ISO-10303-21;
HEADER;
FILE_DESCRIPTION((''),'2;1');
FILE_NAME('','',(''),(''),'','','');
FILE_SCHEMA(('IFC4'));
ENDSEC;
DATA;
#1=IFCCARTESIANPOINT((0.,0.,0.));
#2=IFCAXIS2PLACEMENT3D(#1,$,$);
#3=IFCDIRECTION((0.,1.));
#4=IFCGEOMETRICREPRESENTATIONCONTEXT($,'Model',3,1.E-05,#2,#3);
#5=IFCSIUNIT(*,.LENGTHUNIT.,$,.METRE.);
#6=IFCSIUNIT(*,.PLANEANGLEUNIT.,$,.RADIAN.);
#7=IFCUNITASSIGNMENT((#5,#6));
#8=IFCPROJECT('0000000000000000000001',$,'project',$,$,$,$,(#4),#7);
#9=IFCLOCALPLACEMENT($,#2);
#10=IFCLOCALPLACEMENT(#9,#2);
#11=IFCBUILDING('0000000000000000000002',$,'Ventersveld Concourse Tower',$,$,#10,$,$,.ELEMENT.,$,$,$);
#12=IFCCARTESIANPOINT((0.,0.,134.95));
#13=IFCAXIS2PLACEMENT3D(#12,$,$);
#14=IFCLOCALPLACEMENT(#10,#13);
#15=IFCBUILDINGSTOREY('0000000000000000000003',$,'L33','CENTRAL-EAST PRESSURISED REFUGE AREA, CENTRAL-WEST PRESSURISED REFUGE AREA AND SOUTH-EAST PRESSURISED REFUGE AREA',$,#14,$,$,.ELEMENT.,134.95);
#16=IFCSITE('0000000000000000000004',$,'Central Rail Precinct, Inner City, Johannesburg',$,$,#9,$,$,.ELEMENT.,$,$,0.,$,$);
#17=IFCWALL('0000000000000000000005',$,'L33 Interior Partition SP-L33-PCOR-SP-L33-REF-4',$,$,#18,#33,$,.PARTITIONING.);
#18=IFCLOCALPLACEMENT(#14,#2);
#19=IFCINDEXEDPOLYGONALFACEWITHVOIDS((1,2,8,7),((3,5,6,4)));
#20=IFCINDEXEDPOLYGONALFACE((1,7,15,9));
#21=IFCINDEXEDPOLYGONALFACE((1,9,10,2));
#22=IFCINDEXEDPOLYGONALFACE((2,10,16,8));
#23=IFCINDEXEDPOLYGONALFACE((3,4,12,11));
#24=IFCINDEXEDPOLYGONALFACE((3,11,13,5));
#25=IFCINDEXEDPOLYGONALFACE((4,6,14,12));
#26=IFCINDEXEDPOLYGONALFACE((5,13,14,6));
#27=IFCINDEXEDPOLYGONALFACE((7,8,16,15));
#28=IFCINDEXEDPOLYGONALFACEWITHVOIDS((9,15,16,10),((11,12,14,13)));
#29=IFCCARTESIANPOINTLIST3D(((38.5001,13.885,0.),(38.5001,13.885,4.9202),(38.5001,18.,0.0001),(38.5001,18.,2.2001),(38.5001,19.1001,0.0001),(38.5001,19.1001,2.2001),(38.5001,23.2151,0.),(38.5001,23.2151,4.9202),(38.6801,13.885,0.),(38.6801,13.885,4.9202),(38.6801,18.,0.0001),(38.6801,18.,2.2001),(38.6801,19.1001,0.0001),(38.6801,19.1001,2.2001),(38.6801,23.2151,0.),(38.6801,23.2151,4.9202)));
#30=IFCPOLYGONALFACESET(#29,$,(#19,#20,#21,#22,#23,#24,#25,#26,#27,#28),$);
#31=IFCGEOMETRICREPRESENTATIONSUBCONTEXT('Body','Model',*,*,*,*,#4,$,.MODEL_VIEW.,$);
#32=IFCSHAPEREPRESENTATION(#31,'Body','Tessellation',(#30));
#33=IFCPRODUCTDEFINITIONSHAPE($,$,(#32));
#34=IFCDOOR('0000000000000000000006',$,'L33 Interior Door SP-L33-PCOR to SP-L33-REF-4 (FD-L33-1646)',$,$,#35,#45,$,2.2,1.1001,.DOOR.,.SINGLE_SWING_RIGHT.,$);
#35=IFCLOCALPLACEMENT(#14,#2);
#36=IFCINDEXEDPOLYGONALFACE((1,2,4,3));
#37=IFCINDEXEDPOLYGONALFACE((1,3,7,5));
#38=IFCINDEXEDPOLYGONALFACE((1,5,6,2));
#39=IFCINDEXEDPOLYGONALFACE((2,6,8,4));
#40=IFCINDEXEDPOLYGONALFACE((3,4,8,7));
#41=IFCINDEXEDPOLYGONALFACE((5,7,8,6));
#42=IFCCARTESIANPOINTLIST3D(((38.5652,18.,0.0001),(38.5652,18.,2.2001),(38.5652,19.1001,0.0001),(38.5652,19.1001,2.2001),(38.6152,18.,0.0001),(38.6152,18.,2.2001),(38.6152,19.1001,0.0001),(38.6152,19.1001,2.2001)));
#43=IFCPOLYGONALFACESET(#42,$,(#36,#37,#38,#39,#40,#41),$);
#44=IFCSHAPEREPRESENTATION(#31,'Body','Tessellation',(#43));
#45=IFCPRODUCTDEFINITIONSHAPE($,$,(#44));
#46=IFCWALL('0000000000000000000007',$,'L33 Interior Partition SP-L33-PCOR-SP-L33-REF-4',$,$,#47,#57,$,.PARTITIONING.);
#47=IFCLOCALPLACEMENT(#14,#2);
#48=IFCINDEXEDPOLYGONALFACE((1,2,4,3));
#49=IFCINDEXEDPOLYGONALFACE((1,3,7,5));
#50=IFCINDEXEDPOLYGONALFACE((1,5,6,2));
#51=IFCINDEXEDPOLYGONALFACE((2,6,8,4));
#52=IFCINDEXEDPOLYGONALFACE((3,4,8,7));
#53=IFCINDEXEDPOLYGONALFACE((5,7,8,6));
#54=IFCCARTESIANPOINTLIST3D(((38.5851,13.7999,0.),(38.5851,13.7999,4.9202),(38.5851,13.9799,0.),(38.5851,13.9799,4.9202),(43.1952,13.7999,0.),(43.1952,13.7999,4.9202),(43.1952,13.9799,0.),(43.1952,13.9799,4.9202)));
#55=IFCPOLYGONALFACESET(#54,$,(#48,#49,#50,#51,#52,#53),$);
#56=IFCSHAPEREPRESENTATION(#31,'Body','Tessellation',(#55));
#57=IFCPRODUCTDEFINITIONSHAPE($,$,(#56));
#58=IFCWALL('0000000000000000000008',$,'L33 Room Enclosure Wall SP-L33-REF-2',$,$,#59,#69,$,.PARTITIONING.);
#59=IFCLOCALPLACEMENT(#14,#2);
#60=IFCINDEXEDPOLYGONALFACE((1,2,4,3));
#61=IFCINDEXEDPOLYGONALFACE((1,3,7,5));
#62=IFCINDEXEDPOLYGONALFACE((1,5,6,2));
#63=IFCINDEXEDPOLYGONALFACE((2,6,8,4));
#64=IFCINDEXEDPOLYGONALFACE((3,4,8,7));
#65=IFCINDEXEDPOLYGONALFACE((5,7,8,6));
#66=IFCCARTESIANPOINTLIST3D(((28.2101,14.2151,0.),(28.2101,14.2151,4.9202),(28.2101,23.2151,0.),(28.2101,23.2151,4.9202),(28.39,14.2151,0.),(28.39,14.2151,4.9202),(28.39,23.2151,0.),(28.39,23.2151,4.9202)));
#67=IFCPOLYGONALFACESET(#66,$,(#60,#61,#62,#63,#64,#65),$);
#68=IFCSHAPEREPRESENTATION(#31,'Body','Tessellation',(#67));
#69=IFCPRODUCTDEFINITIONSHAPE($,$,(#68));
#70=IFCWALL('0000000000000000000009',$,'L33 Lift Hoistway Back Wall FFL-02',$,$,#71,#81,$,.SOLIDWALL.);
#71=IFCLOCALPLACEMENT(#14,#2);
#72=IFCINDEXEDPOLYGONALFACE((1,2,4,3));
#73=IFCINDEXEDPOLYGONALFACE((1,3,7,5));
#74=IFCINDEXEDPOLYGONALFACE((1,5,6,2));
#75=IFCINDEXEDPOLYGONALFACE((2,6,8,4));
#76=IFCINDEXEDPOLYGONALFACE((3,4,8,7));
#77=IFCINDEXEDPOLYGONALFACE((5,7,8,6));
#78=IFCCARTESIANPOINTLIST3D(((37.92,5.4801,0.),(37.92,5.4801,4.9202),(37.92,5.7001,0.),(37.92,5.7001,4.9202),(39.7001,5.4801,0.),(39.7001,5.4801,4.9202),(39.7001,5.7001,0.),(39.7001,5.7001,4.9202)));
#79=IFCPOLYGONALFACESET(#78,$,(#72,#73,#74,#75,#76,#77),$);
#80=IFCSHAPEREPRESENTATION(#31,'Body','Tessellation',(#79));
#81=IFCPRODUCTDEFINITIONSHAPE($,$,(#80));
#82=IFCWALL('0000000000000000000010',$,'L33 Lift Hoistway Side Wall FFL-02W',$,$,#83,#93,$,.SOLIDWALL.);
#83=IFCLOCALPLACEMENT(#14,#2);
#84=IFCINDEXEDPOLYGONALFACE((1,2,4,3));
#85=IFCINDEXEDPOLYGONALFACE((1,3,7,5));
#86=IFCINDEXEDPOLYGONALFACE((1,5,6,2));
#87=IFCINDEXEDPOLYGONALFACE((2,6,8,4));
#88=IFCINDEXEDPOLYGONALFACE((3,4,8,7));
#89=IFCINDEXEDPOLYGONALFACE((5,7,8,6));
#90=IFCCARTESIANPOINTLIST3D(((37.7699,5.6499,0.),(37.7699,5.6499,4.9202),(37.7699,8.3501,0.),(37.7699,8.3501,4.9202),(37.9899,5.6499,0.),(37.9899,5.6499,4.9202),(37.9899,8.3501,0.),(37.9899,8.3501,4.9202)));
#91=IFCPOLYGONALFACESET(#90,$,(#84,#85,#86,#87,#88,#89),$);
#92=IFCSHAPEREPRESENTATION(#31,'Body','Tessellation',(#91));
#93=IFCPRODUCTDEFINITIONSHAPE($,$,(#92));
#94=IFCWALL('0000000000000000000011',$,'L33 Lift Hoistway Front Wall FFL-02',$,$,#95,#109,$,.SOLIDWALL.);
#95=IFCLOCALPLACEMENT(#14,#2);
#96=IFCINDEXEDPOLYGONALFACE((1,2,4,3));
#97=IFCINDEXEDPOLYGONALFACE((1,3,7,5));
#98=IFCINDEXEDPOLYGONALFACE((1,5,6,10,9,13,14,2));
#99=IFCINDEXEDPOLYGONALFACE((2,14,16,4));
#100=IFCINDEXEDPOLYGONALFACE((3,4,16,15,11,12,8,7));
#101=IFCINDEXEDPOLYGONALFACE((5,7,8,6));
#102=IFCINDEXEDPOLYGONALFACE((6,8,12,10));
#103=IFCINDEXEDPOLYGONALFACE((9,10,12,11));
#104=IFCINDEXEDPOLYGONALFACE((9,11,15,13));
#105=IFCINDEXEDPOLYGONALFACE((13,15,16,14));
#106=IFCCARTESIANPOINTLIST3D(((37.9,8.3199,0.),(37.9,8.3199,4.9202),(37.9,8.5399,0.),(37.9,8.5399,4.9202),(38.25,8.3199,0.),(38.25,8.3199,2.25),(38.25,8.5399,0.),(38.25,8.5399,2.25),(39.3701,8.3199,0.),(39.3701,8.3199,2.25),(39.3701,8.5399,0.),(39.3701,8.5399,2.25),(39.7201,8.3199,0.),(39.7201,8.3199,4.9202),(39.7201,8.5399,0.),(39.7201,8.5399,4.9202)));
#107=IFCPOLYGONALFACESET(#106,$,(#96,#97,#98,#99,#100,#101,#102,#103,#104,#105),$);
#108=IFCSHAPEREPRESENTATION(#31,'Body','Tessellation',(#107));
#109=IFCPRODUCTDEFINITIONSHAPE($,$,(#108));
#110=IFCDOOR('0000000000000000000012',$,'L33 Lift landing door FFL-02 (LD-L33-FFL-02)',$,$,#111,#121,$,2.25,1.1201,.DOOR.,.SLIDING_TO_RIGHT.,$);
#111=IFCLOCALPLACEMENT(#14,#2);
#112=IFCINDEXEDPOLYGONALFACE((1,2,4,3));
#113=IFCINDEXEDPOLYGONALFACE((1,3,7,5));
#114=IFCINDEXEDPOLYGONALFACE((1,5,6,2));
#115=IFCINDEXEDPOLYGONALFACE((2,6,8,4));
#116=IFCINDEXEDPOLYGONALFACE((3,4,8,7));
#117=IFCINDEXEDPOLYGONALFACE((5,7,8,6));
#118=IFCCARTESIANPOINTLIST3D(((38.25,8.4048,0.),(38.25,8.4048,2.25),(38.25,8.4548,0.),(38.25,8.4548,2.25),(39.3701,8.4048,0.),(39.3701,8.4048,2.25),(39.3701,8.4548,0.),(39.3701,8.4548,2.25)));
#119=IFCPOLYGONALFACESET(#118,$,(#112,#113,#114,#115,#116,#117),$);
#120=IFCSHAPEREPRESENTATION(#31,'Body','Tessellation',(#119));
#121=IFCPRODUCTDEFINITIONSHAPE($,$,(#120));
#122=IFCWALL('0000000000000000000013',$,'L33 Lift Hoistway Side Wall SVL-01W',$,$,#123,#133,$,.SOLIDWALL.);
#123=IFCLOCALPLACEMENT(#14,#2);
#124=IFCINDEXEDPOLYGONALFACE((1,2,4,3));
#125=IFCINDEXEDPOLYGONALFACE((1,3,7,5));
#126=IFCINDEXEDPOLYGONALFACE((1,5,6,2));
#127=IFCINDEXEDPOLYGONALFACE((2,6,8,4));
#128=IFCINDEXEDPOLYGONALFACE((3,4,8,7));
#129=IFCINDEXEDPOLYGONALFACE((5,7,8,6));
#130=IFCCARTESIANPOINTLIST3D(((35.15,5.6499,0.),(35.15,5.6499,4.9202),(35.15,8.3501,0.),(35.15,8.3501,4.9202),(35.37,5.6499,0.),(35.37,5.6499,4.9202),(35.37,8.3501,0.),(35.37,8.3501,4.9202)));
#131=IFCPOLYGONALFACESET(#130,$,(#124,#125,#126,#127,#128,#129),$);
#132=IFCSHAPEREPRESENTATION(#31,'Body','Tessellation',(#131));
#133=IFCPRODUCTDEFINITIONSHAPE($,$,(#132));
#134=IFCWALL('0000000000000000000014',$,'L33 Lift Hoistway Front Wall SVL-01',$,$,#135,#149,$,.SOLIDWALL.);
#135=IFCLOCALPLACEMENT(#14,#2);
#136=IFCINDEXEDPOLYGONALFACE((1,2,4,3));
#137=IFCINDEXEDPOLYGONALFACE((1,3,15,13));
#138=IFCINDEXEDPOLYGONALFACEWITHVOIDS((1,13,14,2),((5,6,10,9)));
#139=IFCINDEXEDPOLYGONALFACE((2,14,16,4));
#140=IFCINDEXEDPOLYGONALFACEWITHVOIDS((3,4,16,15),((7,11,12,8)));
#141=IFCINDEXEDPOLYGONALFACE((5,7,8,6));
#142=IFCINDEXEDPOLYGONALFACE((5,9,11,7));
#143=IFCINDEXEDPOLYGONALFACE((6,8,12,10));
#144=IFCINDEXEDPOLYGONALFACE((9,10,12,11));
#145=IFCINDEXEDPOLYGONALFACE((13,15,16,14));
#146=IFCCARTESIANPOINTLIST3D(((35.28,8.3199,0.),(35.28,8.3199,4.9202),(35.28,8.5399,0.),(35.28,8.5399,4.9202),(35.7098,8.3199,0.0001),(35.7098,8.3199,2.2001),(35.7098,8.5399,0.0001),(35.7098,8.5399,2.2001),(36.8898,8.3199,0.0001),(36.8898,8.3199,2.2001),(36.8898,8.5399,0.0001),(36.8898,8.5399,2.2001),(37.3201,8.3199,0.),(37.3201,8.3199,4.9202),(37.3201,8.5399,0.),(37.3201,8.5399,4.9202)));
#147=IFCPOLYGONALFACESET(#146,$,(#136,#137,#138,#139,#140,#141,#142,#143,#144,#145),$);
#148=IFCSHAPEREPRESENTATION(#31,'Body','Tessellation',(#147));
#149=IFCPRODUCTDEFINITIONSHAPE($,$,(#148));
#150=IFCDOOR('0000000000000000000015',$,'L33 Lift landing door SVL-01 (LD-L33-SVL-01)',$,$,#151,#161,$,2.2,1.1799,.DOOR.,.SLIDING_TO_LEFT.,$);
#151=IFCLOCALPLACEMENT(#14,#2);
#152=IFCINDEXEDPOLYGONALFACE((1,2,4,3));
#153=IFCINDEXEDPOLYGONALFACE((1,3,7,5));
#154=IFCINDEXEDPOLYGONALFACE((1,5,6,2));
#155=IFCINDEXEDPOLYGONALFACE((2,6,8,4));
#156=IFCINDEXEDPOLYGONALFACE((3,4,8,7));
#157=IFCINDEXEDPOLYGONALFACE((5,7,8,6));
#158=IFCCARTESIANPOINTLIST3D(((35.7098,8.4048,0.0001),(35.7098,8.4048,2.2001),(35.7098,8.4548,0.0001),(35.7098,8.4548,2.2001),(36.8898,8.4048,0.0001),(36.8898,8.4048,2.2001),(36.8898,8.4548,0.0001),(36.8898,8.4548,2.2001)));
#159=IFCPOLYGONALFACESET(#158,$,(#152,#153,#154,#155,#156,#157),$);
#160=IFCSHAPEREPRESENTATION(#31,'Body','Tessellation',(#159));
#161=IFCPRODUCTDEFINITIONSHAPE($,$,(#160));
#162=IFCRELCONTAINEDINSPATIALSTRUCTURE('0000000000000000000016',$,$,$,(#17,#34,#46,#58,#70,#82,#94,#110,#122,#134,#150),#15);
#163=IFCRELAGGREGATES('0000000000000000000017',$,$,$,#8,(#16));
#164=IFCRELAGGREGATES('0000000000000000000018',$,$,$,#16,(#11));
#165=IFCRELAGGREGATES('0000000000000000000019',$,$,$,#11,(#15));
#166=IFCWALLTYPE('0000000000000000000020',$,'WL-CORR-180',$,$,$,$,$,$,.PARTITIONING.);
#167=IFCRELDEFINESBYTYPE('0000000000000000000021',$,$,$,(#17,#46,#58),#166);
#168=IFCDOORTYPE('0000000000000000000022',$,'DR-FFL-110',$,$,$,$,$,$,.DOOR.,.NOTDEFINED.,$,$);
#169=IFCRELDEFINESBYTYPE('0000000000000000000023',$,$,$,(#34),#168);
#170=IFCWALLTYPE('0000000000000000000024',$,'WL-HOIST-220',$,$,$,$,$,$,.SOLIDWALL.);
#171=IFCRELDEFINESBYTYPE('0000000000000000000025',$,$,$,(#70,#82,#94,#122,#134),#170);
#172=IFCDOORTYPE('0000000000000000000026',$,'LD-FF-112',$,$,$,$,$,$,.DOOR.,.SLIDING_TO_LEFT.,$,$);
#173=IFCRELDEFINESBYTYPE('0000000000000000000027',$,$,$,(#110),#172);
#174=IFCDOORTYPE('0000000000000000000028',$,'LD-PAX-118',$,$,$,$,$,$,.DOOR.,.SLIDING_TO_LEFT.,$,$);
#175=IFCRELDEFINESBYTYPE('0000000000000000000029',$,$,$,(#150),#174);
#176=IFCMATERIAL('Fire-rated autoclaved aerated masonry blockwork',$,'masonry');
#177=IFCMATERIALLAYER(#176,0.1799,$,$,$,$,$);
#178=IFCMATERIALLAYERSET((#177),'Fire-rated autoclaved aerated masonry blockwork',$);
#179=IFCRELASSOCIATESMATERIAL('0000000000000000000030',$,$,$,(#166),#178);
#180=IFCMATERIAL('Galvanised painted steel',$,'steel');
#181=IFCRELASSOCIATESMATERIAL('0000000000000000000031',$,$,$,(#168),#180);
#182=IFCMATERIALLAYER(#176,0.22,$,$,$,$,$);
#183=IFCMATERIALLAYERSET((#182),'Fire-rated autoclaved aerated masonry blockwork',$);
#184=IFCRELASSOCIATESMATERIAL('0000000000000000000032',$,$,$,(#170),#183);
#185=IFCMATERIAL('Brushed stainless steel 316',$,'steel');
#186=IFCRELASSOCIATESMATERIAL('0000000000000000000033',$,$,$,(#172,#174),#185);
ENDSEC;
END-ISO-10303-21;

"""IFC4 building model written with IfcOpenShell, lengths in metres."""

from ifc_helpers import new_model, si_unit, direction, frame, frame_2d, origin, place, context, subcontext, project, spatial, rectangle, extrude, material, layer, layer_set, type_object, element, fill, save


model = new_model("IFC4")

# Units and contexts
model_context = context("Model", 3, precision=1e-05, world=origin(), true_north=direction((0.0, 1.0)))
body_context = subcontext(model_context, "Body", "Model", "MODEL_VIEW")
ifc_project = project(units=[si_unit("LENGTHUNIT", "METRE"), si_unit("PLANEANGLEUNIT", "RADIAN")], contexts=[model_context])

# Site, building, storey
site_placement = place(None, origin())
site = spatial("IfcSite", under=ifc_project, at=site_placement, Name="Central Rail Precinct, Inner City, Johannesburg", CompositionType="ELEMENT", RefElevation=0.0)
building_placement = place(site_placement, origin())
building = spatial("IfcBuilding", under=site, at=building_placement, Name="Ventersveld Concourse Tower", CompositionType="ELEMENT")
storey_placement = place(building_placement, frame((0.0, 0.0, 134.95)))
storey = spatial("IfcBuildingStorey", under=building, at=storey_placement, Name="L33", Description="CENTRAL-EAST PRESSURISED REFUGE AREA, CENTRAL-WEST PRESSURISED REFUGE AREA AND SOUTH-EAST PRESSURISED REFUGE AREA", CompositionType="ELEMENT", Elevation=134.95)

# Shared definitions
ifc_material_1 = material(Name="Fire-rated autoclaved aerated masonry blockwork", Category="masonry")
ifc_layer_1 = layer(ifc_material_1, 0.1799)
ifc_layer_set_1 = layer_set([ifc_layer_1], Name="Fire-rated autoclaved aerated masonry blockwork")
wall_type_1 = type_object("IfcWallType", Name="WL-CORR-180", PredefinedType="PARTITIONING", material=ifc_layer_set_1)
ifc_material_2 = material(Name="Galvanised painted steel", Category="steel")
door_type_1 = type_object("IfcDoorType", Name="DR-FFL-110", OperationType="NOTDEFINED", PredefinedType="DOOR", material=ifc_material_2)

# Wall, opening, door
wall_1_placement = place(storey_placement, frame((38.5901, 13.885, 0.0), z_axis=(0.0, 0.0, 1.0), x_axis=(0.0, 1.0, 0.0)))
wall_1 = element("IfcWall", 1, at=wall_1_placement, inside=storey, type_object=wall_type_1, Name="L33 Interior Partition SP-L33-PCOR-SP-L33-REF-4", PredefinedType="PARTITIONING", context=body_context, shape_type="SweptSolid", body=[
    extrude(rectangle(XDim=9.3301, YDim=0.1799, at=frame_2d((4.665, 0.0))), origin(), (0.0, 0.0, 1.0), 4.9202),
])
opening_1_placement = place(wall_1_placement, frame((4.115, 0.0, 0.0)))
opening_1 = element("IfcOpeningElement", 2, at=opening_1_placement, cuts=wall_1, PredefinedType="OPENING", context=body_context, shape_type="SweptSolid", body=[
    extrude(rectangle(XDim=1.1001, YDim=2.2, at=frame_2d((0.55, 1.1001))), frame((0.0, 0.1001, 0.0), z_axis=(0.0, -1.0, 0.0), x_axis=(1.0, 0.0, 0.0)), (0.0, 0.0, 1.0), 0.2),
])
door_1_placement = place(opening_1_placement, origin())
door_1 = element("IfcDoor", 3, at=door_1_placement, inside=storey, type_object=door_type_1, Name="L33 Interior Door SP-L33-PCOR to SP-L33-REF-4 (FD-L33-1646)", OperationType="SINGLE_SWING_RIGHT", OverallHeight=2.2, OverallWidth=1.1001, PredefinedType="DOOR", context=body_context, shape_type="SweptSolid", body=[
    extrude(rectangle(XDim=1.1001, YDim=2.2, at=frame_2d((0.55, 1.1001))), frame((0.0, 0.0249, 0.0), z_axis=(0.0, -1.0, 0.0), x_axis=(1.0, 0.0, 0.0)), (0.0, 0.0, 1.0), 0.05),
])
fill(opening_1, door_1)

# Walls
wall_2_placement = place(storey_placement, frame((38.585, 13.8899, 0.0), z_axis=(0.0, 0.0, 1.0), x_axis=(1.0, 0.0, 0.0)))
element("IfcWall", 4, at=wall_2_placement, inside=storey, type_object=wall_type_1, Name="L33 Interior Partition SP-L33-PCOR-SP-L33-REF-4", PredefinedType="PARTITIONING", context=body_context, shape_type="SweptSolid", body=[
    extrude(rectangle(XDim=4.6101, YDim=0.1799, at=frame_2d((2.3052, 0.0))), origin(), (0.0, 0.0, 1.0), 4.9202),
])
wall_3_placement = place(storey_placement, frame((28.3, 14.2151, 0.0), z_axis=(0.0, 0.0, 1.0), x_axis=(0.0, 1.0, 0.0)))
element("IfcWall", 5, at=wall_3_placement, inside=storey, type_object=wall_type_1, Name="L33 Room Enclosure Wall SP-L33-REF-2", PredefinedType="PARTITIONING", context=body_context, shape_type="SweptSolid", body=[
    extrude(rectangle(XDim=9.0, YDim=0.1799, at=frame_2d((4.5, 0.0))), origin(), (0.0, 0.0, 1.0), 4.9202),
])
ifc_layer_2 = layer(ifc_material_1, 0.22)
ifc_layer_set_2 = layer_set([ifc_layer_2], Name="Fire-rated autoclaved aerated masonry blockwork")
wall_type_2 = type_object("IfcWallType", Name="WL-HOIST-220", PredefinedType="SOLIDWALL", material=ifc_layer_set_2)
wall_4_placement = place(storey_placement, frame((37.9199, 5.5901, 0.0), z_axis=(0.0, 0.0, 1.0), x_axis=(1.0, 0.0, 0.0)))
element("IfcWall", 6, at=wall_4_placement, inside=storey, type_object=wall_type_2, Name="L33 Lift Hoistway Back Wall FFL-02", PredefinedType="SOLIDWALL", context=body_context, shape_type="SweptSolid", body=[
    extrude(rectangle(XDim=1.78, YDim=0.22, at=frame_2d((0.8901, 0.0))), origin(), (0.0, 0.0, 1.0), 4.9202),
])
wall_5_placement = place(storey_placement, frame((37.8799, 5.6499, 0.0), z_axis=(0.0, 0.0, 1.0), x_axis=(0.0, 1.0, 0.0)))
element("IfcWall", 7, at=wall_5_placement, inside=storey, type_object=wall_type_2, Name="L33 Lift Hoistway Side Wall FFL-02W", PredefinedType="SOLIDWALL", context=body_context, shape_type="SweptSolid", body=[
    extrude(rectangle(XDim=2.7002, YDim=0.22, at=frame_2d((1.3501, 0.0))), origin(), (0.0, 0.0, 1.0), 4.9202),
])

# Wall, opening, door
wall_6_placement = place(storey_placement, frame((37.8999, 8.4299, 0.0), z_axis=(0.0, 0.0, 1.0), x_axis=(1.0, 0.0, 0.0)))
wall_6 = element("IfcWall", 8, at=wall_6_placement, inside=storey, type_object=wall_type_2, Name="L33 Lift Hoistway Front Wall FFL-02", PredefinedType="SOLIDWALL", context=body_context, shape_type="SweptSolid", body=[
    extrude(rectangle(XDim=1.8201, YDim=0.22, at=frame_2d((0.9102, 0.0))), origin(), (0.0, 0.0, 1.0), 4.9202),
])
opening_2_placement = place(wall_6_placement, frame((0.3501, 0.0, 0.0)))
opening_2 = element("IfcOpeningElement", 9, at=opening_2_placement, cuts=wall_6, PredefinedType="OPENING", context=body_context, shape_type="SweptSolid", body=[
    extrude(rectangle(XDim=1.1201, YDim=2.25, at=frame_2d((0.5601, 1.125))), frame((0.0, 0.1201, 0.0), z_axis=(0.0, -1.0, 0.0), x_axis=(1.0, 0.0, 0.0)), (0.0, 0.0, 1.0), 0.24),
])
ifc_material_3 = material(Name="Brushed stainless steel 316", Category="steel")
door_type_2 = type_object("IfcDoorType", Name="LD-FF-112", OperationType="SLIDING_TO_LEFT", PredefinedType="DOOR", material=ifc_material_3)
door_2_placement = place(opening_2_placement, origin())
door_2 = element("IfcDoor", 10, at=door_2_placement, inside=storey, type_object=door_type_2, Name="L33 Lift landing door FFL-02 (LD-L33-FFL-02)", OperationType="SLIDING_TO_RIGHT", OverallHeight=2.25, OverallWidth=1.1201, PredefinedType="DOOR", context=body_context, shape_type="SweptSolid", body=[
    extrude(rectangle(XDim=1.1201, YDim=2.25, at=frame_2d((0.5601, 1.125))), frame((0.0, 0.0249, 0.0), z_axis=(0.0, -1.0, 0.0), x_axis=(1.0, 0.0, 0.0)), (0.0, 0.0, 1.0), 0.05),
])
fill(opening_2, door_2)

# Wall
wall_7_placement = place(storey_placement, frame((35.26, 5.6499, 0.0), z_axis=(0.0, 0.0, 1.0), x_axis=(0.0, 1.0, 0.0)))
element("IfcWall", 11, at=wall_7_placement, inside=storey, type_object=wall_type_2, Name="L33 Lift Hoistway Side Wall SVL-01W", PredefinedType="SOLIDWALL", context=body_context, shape_type="SweptSolid", body=[
    extrude(rectangle(XDim=2.7002, YDim=0.22, at=frame_2d((1.3501, 0.0))), origin(), (0.0, 0.0, 1.0), 4.9202),
])

# Wall, opening, door
wall_8_placement = place(storey_placement, frame((35.28, 8.4299, 0.0), z_axis=(0.0, 0.0, 1.0), x_axis=(1.0, 0.0, 0.0)))
wall_8 = element("IfcWall", 12, at=wall_8_placement, inside=storey, type_object=wall_type_2, Name="L33 Lift Hoistway Front Wall SVL-01", PredefinedType="SOLIDWALL", context=body_context, shape_type="SweptSolid", body=[
    extrude(rectangle(XDim=2.04, YDim=0.22, at=frame_2d((1.02, 0.0))), origin(), (0.0, 0.0, 1.0), 4.9202),
])
opening_3_placement = place(wall_8_placement, frame((0.4299, 0.0, 0.0)))
opening_3 = element("IfcOpeningElement", 13, at=opening_3_placement, cuts=wall_8, PredefinedType="OPENING", context=body_context, shape_type="SweptSolid", body=[
    extrude(rectangle(XDim=1.1799, YDim=2.2, at=frame_2d((0.5898, 1.1001))), frame((0.0, 0.1201, 0.0), z_axis=(0.0, -1.0, 0.0), x_axis=(1.0, 0.0, 0.0)), (0.0, 0.0, 1.0), 0.24),
])
door_type_3 = type_object("IfcDoorType", Name="LD-PAX-118", OperationType="SLIDING_TO_LEFT", PredefinedType="DOOR", material=ifc_material_3)
door_3_placement = place(opening_3_placement, origin())
door_3 = element("IfcDoor", 14, at=door_3_placement, inside=storey, type_object=door_type_3, Name="L33 Lift landing door SVL-01 (LD-L33-SVL-01)", OperationType="SLIDING_TO_LEFT", OverallHeight=2.2, OverallWidth=1.1799, PredefinedType="DOOR", context=body_context, shape_type="SweptSolid", body=[
    extrude(rectangle(XDim=1.1799, YDim=2.2, at=frame_2d((0.5898, 1.1001))), frame((0.0, 0.0249, 0.0), z_axis=(0.0, -1.0, 0.0), x_axis=(1.0, 0.0, 0.0)), (0.0, 0.0, 1.0), 0.05),
])
fill(opening_3, door_3)

save(model, "model.ifc")
